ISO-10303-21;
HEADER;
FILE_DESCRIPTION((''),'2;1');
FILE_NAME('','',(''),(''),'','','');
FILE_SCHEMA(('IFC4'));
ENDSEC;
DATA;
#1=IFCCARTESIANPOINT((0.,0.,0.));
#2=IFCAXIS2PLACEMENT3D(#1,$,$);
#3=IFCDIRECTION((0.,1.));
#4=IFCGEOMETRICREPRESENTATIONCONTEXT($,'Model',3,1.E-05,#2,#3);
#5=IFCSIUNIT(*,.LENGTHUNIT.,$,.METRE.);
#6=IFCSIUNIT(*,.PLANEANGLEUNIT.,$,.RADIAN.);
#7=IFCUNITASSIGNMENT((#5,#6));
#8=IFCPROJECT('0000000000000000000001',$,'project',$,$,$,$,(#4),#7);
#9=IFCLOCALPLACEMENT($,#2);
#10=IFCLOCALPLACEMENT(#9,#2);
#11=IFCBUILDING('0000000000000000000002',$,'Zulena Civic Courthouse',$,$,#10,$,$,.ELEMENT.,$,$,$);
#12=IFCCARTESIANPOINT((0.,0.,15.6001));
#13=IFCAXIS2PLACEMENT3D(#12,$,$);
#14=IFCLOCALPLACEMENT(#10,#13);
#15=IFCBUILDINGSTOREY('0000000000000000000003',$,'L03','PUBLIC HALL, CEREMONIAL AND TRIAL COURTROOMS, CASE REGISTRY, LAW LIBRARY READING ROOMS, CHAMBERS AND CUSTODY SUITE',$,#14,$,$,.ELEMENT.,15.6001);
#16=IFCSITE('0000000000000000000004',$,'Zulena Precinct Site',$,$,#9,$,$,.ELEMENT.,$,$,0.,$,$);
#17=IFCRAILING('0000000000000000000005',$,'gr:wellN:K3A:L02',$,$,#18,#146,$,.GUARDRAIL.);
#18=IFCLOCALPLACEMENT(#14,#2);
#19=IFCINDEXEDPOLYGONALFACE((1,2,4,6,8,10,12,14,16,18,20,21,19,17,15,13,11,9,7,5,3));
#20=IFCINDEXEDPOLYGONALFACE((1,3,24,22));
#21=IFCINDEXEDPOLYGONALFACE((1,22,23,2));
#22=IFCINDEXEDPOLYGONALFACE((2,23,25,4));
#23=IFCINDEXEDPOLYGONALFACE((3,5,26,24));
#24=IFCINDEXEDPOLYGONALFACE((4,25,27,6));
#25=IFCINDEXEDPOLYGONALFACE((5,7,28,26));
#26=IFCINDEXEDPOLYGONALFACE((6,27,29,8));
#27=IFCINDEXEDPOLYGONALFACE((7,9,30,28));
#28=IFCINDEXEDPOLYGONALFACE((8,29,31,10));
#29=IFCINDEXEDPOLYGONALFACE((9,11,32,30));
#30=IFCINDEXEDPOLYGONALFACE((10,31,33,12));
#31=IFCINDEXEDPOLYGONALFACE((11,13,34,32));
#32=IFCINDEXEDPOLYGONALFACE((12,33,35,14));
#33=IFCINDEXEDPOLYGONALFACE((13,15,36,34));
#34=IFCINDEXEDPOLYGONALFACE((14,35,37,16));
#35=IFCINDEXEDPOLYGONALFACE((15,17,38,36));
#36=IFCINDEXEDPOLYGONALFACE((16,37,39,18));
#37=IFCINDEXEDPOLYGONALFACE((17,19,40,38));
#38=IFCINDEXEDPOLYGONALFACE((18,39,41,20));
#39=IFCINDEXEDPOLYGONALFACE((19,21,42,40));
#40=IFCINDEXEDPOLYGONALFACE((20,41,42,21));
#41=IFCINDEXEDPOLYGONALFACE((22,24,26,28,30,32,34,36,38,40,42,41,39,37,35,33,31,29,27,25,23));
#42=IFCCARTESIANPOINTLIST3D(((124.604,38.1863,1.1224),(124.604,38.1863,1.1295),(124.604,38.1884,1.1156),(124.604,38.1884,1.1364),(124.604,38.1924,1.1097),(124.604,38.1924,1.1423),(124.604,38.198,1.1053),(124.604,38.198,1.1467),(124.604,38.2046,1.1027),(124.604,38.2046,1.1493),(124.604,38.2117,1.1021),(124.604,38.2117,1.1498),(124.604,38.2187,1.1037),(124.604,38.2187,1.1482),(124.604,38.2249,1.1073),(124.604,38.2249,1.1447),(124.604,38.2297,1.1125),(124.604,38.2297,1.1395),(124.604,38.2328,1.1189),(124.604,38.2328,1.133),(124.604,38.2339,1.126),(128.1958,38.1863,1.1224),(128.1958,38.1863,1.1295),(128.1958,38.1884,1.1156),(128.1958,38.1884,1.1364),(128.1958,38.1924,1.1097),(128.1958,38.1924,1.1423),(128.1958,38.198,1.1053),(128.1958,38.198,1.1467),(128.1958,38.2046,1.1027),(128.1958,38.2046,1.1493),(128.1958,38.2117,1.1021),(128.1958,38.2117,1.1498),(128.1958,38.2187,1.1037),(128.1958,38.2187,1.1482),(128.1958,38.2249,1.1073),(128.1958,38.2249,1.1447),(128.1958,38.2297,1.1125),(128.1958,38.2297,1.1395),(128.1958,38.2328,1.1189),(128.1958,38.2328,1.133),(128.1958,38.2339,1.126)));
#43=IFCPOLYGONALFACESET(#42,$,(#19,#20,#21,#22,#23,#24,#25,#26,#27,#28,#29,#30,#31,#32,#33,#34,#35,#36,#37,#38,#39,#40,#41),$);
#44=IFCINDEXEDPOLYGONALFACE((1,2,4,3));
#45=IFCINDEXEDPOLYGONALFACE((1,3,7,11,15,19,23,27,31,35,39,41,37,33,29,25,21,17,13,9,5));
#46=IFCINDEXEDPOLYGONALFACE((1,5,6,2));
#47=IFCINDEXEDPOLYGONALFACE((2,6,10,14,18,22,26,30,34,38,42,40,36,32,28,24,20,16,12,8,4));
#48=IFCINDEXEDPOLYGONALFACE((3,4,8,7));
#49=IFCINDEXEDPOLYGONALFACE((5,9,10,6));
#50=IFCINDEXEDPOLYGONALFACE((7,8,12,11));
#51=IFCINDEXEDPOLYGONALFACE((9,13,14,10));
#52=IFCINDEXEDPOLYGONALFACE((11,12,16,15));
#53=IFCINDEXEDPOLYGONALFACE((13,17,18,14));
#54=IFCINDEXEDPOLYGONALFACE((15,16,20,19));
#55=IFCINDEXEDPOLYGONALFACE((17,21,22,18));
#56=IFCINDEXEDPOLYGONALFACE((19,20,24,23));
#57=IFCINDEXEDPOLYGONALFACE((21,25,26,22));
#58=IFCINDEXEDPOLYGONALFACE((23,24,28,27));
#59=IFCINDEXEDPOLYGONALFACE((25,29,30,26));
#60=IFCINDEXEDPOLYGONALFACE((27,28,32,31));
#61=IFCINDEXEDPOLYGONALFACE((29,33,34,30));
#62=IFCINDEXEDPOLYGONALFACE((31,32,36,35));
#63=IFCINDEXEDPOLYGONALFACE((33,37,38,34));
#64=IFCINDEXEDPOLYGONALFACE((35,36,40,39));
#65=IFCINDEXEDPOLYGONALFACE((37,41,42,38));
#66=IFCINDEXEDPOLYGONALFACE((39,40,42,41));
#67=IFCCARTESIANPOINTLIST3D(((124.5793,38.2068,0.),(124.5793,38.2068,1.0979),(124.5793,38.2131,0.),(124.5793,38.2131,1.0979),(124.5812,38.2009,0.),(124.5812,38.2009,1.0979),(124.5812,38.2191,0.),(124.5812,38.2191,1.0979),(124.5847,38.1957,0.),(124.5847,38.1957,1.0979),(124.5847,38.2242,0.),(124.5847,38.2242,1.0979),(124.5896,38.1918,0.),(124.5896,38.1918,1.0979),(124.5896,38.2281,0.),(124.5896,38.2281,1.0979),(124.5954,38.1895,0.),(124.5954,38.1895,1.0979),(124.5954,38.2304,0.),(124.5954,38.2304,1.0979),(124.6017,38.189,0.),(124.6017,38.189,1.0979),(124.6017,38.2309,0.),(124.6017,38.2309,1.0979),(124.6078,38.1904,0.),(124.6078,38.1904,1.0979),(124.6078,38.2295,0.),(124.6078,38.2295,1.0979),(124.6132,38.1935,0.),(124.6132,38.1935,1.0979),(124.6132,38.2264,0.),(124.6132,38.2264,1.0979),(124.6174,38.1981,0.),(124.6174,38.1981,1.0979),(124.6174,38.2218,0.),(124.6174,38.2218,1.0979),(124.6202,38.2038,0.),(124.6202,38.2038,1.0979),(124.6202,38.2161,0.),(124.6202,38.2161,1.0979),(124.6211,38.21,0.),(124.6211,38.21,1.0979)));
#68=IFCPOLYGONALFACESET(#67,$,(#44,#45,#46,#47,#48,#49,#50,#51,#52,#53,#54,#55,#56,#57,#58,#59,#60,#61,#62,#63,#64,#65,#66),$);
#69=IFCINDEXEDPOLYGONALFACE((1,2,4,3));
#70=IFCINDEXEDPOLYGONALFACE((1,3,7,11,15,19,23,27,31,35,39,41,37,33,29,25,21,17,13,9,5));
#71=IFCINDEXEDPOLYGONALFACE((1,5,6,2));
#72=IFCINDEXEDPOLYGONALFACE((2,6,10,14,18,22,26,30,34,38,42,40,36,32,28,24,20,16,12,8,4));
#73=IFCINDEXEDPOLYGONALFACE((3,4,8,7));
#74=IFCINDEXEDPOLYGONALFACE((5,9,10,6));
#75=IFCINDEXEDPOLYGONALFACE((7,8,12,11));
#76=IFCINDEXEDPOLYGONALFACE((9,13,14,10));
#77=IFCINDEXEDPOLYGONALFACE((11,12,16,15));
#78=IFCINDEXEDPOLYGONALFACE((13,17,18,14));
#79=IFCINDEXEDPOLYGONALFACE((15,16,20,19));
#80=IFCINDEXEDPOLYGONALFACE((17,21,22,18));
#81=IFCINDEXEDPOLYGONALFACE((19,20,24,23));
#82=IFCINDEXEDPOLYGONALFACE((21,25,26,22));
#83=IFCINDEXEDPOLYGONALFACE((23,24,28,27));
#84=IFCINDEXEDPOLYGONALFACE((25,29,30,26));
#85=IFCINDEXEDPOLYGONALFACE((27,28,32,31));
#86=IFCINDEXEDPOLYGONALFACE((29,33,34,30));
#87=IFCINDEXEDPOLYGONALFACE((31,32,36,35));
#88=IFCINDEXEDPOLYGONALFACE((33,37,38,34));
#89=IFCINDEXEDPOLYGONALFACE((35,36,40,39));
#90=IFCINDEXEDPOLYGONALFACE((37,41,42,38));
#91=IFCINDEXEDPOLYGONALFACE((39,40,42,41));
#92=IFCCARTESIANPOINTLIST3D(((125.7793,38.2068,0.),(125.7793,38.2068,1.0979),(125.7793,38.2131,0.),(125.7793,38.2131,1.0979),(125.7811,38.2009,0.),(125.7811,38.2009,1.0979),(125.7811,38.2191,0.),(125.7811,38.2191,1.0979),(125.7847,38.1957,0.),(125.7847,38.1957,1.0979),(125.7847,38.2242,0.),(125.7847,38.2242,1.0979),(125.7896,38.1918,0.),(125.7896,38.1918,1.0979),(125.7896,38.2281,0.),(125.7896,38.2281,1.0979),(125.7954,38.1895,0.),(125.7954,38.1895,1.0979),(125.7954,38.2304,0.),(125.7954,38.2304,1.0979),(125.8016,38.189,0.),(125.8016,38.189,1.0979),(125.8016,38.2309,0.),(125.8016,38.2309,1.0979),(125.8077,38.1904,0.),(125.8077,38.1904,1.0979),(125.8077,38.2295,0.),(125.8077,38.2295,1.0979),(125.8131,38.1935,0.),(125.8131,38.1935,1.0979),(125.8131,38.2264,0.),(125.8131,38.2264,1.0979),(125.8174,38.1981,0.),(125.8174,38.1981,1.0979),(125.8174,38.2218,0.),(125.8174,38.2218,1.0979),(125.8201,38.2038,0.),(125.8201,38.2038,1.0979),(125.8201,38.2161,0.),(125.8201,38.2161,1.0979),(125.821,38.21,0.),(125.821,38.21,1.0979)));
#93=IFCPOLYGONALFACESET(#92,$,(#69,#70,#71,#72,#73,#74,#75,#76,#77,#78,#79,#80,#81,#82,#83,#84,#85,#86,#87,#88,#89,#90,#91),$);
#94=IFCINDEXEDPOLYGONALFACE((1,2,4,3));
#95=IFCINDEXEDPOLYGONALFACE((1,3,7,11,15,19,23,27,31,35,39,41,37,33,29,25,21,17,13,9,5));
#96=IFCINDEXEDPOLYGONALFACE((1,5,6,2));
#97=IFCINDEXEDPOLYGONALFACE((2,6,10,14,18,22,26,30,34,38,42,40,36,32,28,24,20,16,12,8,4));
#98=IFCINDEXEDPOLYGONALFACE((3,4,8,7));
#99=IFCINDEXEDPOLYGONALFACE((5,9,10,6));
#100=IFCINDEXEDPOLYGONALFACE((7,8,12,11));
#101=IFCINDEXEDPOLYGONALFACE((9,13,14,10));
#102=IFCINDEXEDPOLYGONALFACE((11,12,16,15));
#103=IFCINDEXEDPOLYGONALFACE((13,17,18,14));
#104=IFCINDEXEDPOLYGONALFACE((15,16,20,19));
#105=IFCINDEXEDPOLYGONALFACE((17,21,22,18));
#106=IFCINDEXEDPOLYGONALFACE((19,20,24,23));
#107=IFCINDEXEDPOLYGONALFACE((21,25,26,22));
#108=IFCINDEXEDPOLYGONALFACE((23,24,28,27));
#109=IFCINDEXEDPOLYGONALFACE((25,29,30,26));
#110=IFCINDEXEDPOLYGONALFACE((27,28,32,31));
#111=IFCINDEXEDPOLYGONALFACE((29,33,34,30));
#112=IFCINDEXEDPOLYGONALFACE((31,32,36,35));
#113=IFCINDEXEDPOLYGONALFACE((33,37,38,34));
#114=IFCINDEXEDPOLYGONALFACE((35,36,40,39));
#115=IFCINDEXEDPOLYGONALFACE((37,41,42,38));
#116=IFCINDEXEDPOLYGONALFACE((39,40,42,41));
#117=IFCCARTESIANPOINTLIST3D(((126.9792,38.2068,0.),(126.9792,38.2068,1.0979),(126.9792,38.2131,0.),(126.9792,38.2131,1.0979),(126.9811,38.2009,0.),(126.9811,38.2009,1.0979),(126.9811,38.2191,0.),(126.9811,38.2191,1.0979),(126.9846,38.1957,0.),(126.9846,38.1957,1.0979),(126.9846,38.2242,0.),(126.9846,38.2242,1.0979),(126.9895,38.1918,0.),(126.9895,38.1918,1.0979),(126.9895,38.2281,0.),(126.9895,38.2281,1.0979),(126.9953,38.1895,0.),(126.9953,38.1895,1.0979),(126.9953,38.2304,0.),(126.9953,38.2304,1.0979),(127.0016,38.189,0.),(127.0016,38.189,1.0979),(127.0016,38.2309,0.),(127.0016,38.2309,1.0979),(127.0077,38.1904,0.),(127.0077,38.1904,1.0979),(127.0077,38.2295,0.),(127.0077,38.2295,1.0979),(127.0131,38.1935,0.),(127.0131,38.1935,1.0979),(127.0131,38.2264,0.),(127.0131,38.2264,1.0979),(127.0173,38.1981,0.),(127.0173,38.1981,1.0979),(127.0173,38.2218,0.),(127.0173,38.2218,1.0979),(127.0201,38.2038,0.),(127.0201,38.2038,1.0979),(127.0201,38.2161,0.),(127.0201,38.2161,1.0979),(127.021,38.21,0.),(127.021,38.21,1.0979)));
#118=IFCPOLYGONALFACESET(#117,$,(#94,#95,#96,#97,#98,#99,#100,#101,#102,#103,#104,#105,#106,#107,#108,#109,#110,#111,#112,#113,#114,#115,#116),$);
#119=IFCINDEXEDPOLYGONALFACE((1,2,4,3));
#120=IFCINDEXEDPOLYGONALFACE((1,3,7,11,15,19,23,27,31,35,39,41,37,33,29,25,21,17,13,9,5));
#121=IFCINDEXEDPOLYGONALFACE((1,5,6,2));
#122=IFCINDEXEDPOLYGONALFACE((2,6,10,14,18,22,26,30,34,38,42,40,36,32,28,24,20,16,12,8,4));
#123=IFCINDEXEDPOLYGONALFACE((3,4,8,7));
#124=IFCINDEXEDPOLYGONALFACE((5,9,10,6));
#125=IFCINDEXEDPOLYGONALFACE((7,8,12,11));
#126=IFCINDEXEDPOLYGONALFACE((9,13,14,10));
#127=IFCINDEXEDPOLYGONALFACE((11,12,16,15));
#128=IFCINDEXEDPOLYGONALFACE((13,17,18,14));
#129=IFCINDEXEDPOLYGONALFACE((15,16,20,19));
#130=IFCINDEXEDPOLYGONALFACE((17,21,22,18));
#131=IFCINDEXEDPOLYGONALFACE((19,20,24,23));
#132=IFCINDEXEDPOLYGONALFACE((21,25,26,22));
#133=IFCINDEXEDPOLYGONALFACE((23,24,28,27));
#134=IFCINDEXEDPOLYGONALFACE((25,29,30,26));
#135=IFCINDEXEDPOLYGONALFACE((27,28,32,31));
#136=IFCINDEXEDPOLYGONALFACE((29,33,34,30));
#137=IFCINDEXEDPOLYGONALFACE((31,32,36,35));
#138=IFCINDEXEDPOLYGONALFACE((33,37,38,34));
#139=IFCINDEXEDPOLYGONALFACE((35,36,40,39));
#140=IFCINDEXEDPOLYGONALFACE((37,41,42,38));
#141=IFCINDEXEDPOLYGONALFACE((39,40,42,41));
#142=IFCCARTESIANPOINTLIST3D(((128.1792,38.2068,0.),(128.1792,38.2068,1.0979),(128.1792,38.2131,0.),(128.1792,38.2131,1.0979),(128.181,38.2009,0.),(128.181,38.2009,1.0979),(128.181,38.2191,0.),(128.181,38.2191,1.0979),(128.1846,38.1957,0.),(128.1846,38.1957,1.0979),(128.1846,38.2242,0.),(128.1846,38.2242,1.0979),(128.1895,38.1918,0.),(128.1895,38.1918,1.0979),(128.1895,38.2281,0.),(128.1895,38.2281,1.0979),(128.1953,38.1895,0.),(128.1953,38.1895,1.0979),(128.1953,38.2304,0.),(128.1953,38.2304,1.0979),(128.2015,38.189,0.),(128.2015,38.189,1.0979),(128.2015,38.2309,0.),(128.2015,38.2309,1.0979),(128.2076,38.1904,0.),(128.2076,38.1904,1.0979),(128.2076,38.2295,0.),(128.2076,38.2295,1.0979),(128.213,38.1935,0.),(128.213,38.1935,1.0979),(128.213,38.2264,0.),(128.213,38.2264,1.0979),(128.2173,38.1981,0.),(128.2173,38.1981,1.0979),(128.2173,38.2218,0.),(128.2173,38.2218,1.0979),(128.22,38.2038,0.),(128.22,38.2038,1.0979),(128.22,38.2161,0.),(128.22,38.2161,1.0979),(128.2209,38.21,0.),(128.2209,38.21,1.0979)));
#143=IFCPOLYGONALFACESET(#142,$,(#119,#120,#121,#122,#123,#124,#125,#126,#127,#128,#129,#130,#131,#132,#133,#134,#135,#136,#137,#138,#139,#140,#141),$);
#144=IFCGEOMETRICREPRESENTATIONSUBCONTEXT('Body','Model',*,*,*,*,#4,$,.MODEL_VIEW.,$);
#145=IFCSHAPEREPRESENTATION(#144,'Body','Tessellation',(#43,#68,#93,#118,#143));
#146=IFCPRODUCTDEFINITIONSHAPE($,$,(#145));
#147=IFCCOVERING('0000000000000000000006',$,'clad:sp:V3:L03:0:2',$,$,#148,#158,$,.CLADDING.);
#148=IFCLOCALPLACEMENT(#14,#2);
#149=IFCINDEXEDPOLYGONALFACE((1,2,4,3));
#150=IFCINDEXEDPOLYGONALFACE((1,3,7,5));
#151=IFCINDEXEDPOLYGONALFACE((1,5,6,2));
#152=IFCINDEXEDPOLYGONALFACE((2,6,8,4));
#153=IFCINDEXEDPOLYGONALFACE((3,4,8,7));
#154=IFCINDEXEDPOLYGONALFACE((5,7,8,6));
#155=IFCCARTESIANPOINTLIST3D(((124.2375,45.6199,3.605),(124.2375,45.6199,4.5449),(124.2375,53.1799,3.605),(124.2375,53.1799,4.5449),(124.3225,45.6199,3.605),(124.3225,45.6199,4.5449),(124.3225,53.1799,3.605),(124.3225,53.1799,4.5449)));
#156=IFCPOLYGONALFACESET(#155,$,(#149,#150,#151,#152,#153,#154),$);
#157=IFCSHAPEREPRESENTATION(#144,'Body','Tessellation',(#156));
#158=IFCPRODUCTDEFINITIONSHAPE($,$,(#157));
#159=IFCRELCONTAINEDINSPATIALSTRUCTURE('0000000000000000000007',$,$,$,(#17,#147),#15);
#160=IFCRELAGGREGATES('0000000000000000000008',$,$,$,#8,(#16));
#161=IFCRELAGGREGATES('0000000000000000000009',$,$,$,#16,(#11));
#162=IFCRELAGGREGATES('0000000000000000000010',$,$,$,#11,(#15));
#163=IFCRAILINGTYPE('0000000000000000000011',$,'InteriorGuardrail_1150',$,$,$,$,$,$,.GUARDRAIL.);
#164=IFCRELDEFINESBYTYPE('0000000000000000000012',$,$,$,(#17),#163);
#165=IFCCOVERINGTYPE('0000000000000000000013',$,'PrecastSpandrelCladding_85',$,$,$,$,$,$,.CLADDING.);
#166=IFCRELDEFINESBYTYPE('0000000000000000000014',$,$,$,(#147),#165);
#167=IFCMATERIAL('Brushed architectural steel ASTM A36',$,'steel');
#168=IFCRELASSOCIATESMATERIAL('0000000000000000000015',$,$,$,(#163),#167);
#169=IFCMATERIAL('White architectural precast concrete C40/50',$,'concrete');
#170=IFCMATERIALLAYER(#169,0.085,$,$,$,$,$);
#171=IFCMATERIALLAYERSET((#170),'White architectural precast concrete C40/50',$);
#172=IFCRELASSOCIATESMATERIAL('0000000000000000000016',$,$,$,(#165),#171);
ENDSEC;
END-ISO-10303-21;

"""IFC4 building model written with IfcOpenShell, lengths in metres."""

from ifc_helpers import new_model, si_unit, direction, frame, origin, origin_2d, place, context, subcontext, project, spatial, rectangle, circle, extrude, material, layer, layer_set, type_object, element, save


model = new_model("IFC4")

# Units and contexts
model_context = context("Model", 3, precision=1e-05, world=origin(), true_north=direction((0.0, 1.0)))
body_context = subcontext(model_context, "Body", "Model", "MODEL_VIEW")
ifc_project = project(units=[si_unit("LENGTHUNIT", "METRE"), si_unit("PLANEANGLEUNIT", "RADIAN")], contexts=[model_context])

# Site, building, storey
site_placement = place(None, origin())
site = spatial("IfcSite", under=ifc_project, at=site_placement, Name="Zulena Precinct Site", CompositionType="ELEMENT", RefElevation=0.0)
building_placement = place(site_placement, origin())
building = spatial("IfcBuilding", under=site, at=building_placement, Name="Zulena Civic Courthouse", CompositionType="ELEMENT")
storey_placement = place(building_placement, frame((0.0, 0.0, 15.6001)))
storey = spatial("IfcBuildingStorey", under=building, at=storey_placement, Name="L03", Description="PUBLIC HALL, CEREMONIAL AND TRIAL COURTROOMS, CASE REGISTRY, LAW LIBRARY READING ROOMS, CHAMBERS AND CUSTODY SUITE", CompositionType="ELEMENT", Elevation=15.6001)

# Railing
ifc_material_1 = material(Name="Brushed architectural steel ASTM A36", Category="steel")
railing_type = type_object("IfcRailingType", Name="InteriorGuardrail_1150", PredefinedType="GUARDRAIL", material=ifc_material_1)
railing_placement = place(storey_placement, frame((124.6001, 38.21, 0.0)))
element("IfcRailing", 1, at=railing_placement, inside=storey, type_object=railing_type, Name="gr:wellN:K3A:L02", PredefinedType="GUARDRAIL", context=body_context, shape_type="SweptSolid", body=[
    extrude(circle(Radius=0.0239, at=origin_2d()), frame((0.0039, 0.0, 1.126), z_axis=(1.0, 0.0, 0.0), x_axis=(0.0, 1.0, 0.0)), (0.0, 0.0, 1.0), 3.5918),
    extrude(circle(Radius=0.021, at=origin_2d()), origin(), (0.0, 0.0, 1.0), 1.0979),
    extrude(circle(Radius=0.021, at=origin_2d()), frame((1.2, 0.0, 0.0)), (0.0, 0.0, 1.0), 1.0979),
    extrude(circle(Radius=0.021, at=origin_2d()), frame((2.3999, 0.0, 0.0)), (0.0, 0.0, 1.0), 1.0979),
    extrude(circle(Radius=0.021, at=origin_2d()), frame((3.5999, 0.0, 0.0)), (0.0, 0.0, 1.0), 1.0979),
])

# Covering
ifc_material_2 = material(Name="White architectural precast concrete C40/50", Category="concrete")
ifc_layer_1 = layer(ifc_material_2, 0.085)
ifc_layer_set_1 = layer_set([ifc_layer_1], Name="White architectural precast concrete C40/50")
covering_type = type_object("IfcCoveringType", Name="PrecastSpandrelCladding_85", PredefinedType="CLADDING", material=ifc_layer_set_1)
covering_placement = place(storey_placement, frame((124.28, 49.3999, 3.605), z_axis=(0.0, 0.0, 1.0), x_axis=(0.0, 1.0, 0.0)))
element("IfcCovering", 2, at=covering_placement, inside=storey, type_object=covering_type, Name="clad:sp:V3:L03:0:2", PredefinedType="CLADDING", context=body_context, shape_type="SweptSolid", body=[
    extrude(rectangle(XDim=7.5601, YDim=0.085, at=origin_2d()), origin(), (0.0, 0.0, 1.0), 0.9399),
])

save(model, "model.ifc")
